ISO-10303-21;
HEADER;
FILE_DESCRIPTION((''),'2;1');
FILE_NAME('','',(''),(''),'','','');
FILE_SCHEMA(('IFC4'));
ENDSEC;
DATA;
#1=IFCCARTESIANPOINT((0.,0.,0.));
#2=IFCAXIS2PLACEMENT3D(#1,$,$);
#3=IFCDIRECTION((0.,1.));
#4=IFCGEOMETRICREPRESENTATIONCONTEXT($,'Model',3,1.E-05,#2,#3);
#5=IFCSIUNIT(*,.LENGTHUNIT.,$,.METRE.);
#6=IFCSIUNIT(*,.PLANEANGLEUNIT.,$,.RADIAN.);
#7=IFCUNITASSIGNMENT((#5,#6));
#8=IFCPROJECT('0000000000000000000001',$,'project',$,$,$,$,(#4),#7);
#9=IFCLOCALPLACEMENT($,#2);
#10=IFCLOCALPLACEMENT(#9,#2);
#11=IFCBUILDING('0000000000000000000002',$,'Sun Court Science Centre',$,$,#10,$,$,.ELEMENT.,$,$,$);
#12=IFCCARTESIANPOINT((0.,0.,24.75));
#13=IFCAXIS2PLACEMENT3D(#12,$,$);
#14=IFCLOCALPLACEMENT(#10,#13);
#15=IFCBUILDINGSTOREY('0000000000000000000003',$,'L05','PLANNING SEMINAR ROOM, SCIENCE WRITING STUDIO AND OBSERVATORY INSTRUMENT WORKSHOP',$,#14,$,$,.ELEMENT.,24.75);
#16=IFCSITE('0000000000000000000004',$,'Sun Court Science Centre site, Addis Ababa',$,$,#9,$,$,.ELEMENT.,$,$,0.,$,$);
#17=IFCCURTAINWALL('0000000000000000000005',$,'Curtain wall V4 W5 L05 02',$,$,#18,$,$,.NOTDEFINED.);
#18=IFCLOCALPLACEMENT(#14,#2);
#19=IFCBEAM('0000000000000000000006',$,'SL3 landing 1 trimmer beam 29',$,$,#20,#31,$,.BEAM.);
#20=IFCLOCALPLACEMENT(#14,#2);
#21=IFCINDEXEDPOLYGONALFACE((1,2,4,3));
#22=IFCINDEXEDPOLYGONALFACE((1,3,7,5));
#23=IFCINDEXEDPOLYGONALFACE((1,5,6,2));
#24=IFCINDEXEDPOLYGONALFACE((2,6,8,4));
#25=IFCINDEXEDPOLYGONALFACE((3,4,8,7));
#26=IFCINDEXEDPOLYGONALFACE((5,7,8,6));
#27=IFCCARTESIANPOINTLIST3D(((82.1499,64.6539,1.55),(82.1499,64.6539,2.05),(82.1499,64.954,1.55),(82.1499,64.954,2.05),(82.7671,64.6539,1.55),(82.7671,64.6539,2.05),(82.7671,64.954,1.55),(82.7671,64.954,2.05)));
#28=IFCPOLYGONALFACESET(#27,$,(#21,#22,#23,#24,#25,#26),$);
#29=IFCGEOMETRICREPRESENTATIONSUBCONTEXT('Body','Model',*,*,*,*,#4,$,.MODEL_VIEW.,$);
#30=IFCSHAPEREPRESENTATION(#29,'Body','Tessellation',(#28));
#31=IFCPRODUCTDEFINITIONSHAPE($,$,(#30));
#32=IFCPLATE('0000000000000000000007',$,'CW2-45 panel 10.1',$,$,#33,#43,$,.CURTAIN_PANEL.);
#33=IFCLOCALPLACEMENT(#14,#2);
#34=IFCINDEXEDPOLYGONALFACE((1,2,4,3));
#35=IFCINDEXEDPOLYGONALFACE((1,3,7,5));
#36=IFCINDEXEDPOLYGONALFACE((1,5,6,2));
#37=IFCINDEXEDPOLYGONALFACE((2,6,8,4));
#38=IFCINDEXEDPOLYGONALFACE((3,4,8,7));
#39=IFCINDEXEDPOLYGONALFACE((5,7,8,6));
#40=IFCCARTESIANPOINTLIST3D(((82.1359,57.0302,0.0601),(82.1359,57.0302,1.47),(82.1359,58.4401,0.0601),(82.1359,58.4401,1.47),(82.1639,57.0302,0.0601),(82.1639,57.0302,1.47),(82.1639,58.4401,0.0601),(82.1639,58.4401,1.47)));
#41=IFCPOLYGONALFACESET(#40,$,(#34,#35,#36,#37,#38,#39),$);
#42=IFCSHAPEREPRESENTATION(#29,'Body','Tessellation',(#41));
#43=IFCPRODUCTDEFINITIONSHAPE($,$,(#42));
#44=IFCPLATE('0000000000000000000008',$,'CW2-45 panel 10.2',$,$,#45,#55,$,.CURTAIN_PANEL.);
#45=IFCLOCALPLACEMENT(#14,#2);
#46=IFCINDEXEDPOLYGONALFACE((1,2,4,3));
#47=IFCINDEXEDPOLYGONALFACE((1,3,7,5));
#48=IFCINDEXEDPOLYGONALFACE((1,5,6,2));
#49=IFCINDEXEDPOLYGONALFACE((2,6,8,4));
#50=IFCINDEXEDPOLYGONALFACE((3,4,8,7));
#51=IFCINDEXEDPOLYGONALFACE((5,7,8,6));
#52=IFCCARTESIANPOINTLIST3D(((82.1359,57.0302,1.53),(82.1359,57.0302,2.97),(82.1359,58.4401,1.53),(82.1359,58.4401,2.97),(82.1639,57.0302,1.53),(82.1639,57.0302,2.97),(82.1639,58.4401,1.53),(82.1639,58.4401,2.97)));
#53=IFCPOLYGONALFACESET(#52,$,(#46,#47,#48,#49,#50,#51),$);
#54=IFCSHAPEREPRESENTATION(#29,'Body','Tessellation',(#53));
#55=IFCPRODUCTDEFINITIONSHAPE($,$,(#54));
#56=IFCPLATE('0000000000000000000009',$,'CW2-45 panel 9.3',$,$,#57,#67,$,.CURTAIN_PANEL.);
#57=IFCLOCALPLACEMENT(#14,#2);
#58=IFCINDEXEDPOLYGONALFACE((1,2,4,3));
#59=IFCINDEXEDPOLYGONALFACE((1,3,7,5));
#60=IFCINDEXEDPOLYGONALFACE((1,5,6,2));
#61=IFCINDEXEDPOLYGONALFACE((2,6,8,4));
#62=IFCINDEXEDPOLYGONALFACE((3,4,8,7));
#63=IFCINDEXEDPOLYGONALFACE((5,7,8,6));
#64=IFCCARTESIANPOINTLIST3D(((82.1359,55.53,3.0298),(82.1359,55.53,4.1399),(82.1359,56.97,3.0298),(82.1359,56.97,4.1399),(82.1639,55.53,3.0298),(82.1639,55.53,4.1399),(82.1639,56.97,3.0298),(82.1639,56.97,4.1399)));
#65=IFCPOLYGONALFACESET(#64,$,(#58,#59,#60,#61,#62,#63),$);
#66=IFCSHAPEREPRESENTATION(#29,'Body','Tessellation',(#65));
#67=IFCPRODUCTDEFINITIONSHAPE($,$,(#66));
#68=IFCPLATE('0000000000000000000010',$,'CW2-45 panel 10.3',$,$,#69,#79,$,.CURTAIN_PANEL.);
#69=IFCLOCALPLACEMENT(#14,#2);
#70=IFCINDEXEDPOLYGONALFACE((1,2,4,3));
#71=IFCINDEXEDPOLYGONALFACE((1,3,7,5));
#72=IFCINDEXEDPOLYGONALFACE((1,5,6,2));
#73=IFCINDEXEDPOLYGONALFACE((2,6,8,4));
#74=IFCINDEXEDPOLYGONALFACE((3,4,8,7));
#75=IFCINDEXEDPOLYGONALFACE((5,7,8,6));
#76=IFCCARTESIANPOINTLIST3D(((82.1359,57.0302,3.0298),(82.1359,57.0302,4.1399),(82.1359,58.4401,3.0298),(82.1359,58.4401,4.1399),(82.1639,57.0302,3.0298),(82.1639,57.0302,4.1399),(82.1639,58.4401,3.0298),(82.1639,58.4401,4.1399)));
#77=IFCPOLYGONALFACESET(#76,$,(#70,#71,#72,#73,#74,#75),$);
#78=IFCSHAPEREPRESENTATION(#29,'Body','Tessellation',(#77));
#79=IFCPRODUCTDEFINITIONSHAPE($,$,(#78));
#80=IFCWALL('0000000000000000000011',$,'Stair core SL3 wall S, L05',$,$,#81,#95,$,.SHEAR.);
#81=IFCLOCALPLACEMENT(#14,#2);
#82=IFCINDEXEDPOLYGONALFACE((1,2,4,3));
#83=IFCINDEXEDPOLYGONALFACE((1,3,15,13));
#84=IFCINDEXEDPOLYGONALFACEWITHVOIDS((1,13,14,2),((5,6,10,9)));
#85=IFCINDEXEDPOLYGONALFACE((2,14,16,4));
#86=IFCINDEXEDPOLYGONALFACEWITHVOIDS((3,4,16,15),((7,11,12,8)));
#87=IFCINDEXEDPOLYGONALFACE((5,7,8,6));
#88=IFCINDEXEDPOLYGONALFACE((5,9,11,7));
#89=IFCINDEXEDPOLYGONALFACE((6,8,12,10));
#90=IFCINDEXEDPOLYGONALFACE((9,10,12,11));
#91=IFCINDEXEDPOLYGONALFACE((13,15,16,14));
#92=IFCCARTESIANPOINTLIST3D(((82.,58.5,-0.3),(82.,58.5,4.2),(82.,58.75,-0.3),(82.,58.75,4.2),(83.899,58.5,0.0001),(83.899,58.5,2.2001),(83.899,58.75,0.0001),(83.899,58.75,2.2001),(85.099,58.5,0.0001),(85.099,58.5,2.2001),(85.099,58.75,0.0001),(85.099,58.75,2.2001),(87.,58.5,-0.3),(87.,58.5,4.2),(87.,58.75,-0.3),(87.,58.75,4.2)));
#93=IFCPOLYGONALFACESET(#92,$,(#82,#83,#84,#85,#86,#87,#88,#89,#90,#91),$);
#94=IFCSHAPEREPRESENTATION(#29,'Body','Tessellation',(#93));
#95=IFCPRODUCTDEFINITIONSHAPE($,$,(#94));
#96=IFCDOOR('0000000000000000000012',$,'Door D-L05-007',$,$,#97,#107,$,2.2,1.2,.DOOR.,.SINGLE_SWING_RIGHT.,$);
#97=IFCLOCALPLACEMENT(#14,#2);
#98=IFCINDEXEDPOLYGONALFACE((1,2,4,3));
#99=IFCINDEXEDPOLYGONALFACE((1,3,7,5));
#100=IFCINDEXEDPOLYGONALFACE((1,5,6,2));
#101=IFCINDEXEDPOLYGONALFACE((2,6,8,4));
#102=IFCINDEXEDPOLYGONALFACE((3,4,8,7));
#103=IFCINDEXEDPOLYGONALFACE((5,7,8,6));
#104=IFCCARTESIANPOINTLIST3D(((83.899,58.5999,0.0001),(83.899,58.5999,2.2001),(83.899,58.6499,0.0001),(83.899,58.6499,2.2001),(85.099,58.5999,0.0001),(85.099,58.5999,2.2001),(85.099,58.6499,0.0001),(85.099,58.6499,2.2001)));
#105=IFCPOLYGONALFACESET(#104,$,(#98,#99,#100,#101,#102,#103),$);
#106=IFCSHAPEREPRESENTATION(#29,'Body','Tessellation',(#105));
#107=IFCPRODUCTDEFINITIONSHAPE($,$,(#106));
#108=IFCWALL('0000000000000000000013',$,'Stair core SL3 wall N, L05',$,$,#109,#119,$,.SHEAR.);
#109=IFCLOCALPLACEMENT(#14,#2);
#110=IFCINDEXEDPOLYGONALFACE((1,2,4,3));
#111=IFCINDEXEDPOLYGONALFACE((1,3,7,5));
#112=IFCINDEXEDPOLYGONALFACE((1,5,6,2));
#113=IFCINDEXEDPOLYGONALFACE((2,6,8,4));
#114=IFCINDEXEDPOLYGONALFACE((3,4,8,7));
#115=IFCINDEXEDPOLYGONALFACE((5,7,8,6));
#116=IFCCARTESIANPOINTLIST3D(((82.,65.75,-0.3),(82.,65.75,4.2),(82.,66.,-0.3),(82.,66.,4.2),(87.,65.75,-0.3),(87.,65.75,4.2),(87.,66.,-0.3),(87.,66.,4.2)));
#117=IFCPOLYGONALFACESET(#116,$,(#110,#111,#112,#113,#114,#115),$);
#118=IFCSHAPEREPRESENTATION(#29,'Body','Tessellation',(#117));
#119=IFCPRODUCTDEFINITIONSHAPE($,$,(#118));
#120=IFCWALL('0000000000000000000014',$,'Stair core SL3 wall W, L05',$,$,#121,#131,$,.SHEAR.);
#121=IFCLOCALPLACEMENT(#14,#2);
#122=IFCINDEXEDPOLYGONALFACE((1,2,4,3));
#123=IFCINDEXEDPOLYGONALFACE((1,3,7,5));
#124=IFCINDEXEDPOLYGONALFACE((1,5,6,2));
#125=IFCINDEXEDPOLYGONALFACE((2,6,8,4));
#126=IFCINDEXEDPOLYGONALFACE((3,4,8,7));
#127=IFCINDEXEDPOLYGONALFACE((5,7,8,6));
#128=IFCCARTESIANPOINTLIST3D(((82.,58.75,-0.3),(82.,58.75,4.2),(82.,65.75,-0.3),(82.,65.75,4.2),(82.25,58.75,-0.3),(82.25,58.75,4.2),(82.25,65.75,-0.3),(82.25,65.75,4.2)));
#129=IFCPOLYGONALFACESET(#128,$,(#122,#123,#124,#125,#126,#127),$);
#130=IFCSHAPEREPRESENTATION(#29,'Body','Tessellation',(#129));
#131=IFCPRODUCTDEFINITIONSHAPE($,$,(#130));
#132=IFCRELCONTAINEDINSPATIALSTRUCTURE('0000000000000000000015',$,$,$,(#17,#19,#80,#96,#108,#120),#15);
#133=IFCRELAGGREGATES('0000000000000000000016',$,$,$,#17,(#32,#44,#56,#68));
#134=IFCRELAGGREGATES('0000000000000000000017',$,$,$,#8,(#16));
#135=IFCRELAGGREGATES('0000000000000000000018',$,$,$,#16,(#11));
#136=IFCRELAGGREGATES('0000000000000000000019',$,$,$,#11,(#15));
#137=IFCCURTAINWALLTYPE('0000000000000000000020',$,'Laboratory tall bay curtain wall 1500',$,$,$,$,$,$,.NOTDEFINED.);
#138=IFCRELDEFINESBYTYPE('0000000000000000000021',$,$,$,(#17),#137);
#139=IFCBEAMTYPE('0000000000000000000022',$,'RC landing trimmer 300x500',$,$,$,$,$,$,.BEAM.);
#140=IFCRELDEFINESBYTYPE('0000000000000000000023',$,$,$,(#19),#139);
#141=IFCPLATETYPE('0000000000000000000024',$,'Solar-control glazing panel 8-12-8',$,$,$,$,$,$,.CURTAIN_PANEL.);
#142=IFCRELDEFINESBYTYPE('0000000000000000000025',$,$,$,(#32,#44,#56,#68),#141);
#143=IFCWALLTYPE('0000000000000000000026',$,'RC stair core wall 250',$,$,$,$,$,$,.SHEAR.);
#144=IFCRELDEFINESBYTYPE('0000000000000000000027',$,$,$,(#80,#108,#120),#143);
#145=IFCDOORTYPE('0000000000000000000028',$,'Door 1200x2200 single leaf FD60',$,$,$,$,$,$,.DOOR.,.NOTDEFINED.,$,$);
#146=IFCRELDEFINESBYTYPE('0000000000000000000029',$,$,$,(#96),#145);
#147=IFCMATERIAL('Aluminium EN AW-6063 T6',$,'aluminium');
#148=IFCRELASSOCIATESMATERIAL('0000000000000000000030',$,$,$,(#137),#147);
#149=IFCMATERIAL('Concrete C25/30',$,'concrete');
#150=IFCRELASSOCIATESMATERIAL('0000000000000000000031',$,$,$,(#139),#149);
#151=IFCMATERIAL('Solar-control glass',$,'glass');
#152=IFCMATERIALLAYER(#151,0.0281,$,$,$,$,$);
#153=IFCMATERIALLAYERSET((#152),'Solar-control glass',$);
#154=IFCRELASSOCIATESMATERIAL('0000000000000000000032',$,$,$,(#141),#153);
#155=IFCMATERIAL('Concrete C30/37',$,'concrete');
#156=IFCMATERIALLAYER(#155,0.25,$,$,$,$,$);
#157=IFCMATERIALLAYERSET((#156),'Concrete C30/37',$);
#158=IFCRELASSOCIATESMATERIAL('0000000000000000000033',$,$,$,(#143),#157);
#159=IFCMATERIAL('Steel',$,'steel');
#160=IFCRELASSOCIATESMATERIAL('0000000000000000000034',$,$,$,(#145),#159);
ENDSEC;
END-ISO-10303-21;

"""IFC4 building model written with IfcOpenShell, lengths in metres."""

from ifc_helpers import new_model, si_unit, direction, frame, frame_2d, origin, origin_2d, place, context, subcontext, project, spatial, rectangle, extrude, material, layer, layer_set, material_profile, profile_set, type_object, element, fill, aggregate, save


model = new_model("IFC4")

# Units and contexts
model_context = context("Model", 3, precision=1e-05, world=origin(), true_north=direction((0.0, 1.0)))
body_context = subcontext(model_context, "Body", "Model", "MODEL_VIEW")
ifc_project = project(units=[si_unit("LENGTHUNIT", "METRE"), si_unit("PLANEANGLEUNIT", "RADIAN")], contexts=[model_context])

# Site, building, storey
site_placement = place(None, origin())
site = spatial("IfcSite", under=ifc_project, at=site_placement, Name="Sun Court Science Centre site, Addis Ababa", CompositionType="ELEMENT", RefElevation=0.0)
building_placement = place(site_placement, origin())
building = spatial("IfcBuilding", under=site, at=building_placement, Name="Sun Court Science Centre", CompositionType="ELEMENT")
storey_placement = place(building_placement, frame((0.0, 0.0, 24.75)))
storey = spatial("IfcBuildingStorey", under=building, at=storey_placement, Name="L05", Description="PLANNING SEMINAR ROOM, SCIENCE WRITING STUDIO AND OBSERVATORY INSTRUMENT WORKSHOP", CompositionType="ELEMENT", Elevation=24.75)

# Curtain wall
ifc_material_1 = material(Name="Aluminium EN AW-6063 T6", Category="aluminium")
curtain_wall_type = type_object("IfcCurtainWallType", Name="Laboratory tall bay curtain wall 1500", PredefinedType="NOTDEFINED", material=ifc_material_1)
curtain_wall_placement = place(storey_placement, origin())
curtain_wall = element("IfcCurtainWall", 1, at=curtain_wall_placement, inside=storey, type_object=curtain_wall_type, Name="Curtain wall V4 W5 L05 02", PredefinedType="NOTDEFINED")

# Beam
ifc_material_2 = material(Name="Concrete C25/30", Category="concrete")
ifc_material_profile_1 = material_profile(ifc_material_2, rectangle(XDim=0.3, YDim=0.5, at=origin_2d()), Name="RC 300x500")
ifc_profile_set_1 = profile_set([ifc_material_profile_1], Name="Concrete C25/30")
beam_type_1 = type_object("IfcBeamType", Name="RC landing trimmer 300x500", PredefinedType="BEAM", material=ifc_profile_set_1)
beam_1_placement = place(storey_placement, frame((82.1499, 64.804, 1.8), z_axis=(1.0, 0.0, 0.0), x_axis=(0.0, 1.0, 0.0)))
element("IfcBeam", 2, at=beam_1_placement, inside=storey, type_object=beam_type_1, Name="SL3 landing 1 trimmer beam 29", PredefinedType="BEAM", context=body_context, shape_type="SweptSolid", body=[
    extrude(rectangle(XDim=0.3, YDim=0.5, at=origin_2d()), origin(), (0.0, 0.0, 1.0), 0.6172),
])

# Plates
ifc_material_3 = material(Name="Solar-control glass", Category="glass")
ifc_layer_1 = layer(ifc_material_3, 0.0281)
ifc_layer_set_1 = layer_set([ifc_layer_1], Name="Solar-control glass")
plate_type = type_object("IfcPlateType", Name="Solar-control glazing panel 8-12-8", PredefinedType="CURTAIN_PANEL", material=ifc_layer_set_1)
plate_1_placement = place(storey_placement, frame((82.1499, 57.7351, 0.0601), z_axis=(0.0, 0.0, 1.0), x_axis=(0.0, 1.0, 0.0)))
plate_1 = element("IfcPlate", 3, at=plate_1_placement, type_object=plate_type, Name="CW2-45 panel 10.1", PredefinedType="CURTAIN_PANEL", context=body_context, shape_type="SweptSolid", body=[
    extrude(rectangle(XDim=1.4099, YDim=0.0281, at=origin_2d()), origin(), (0.0, 0.0, 1.0), 1.4099),
])
plate_2_placement = place(storey_placement, frame((82.1499, 57.7351, 1.53), z_axis=(0.0, 0.0, 1.0), x_axis=(0.0, 1.0, 0.0)))
plate_2 = element("IfcPlate", 4, at=plate_2_placement, type_object=plate_type, Name="CW2-45 panel 10.2", PredefinedType="CURTAIN_PANEL", context=body_context, shape_type="SweptSolid", body=[
    extrude(rectangle(XDim=1.4099, YDim=0.0281, at=origin_2d()), origin(), (0.0, 0.0, 1.0), 1.4399),
])
plate_3_placement = place(storey_placement, frame((82.1499, 56.25, 3.0298), z_axis=(0.0, 0.0, 1.0), x_axis=(0.0, 1.0, 0.0)))
plate_3 = element("IfcPlate", 5, at=plate_3_placement, type_object=plate_type, Name="CW2-45 panel 9.3", PredefinedType="CURTAIN_PANEL", context=body_context, shape_type="SweptSolid", body=[
    extrude(rectangle(XDim=1.4399, YDim=0.0281, at=origin_2d()), origin(), (0.0, 0.0, 1.0), 1.1101),
])
plate_4_placement = place(storey_placement, frame((82.1499, 57.7351, 3.0298), z_axis=(0.0, 0.0, 1.0), x_axis=(0.0, 1.0, 0.0)))
plate_4 = element("IfcPlate", 6, at=plate_4_placement, type_object=plate_type, Name="CW2-45 panel 10.3", PredefinedType="CURTAIN_PANEL", context=body_context, shape_type="SweptSolid", body=[
    extrude(rectangle(XDim=1.4099, YDim=0.0281, at=origin_2d()), origin(), (0.0, 0.0, 1.0), 1.1101),
])
aggregate(curtain_wall, [plate_1, plate_2, plate_3, plate_4])

# Wall, opening, door
ifc_material_4 = material(Name="Concrete C30/37", Category="concrete")
ifc_layer_2 = layer(ifc_material_4, 0.25)
ifc_layer_set_2 = layer_set([ifc_layer_2], Name="Concrete C30/37")
wall_type = type_object("IfcWallType", Name="RC stair core wall 250", PredefinedType="SHEAR", material=ifc_layer_set_2)
wall_1_placement = place(storey_placement, frame((82.0, 58.625, -0.3), z_axis=(0.0, 0.0, 1.0), x_axis=(1.0, 0.0, 0.0)))
wall_1 = element("IfcWall", 7, at=wall_1_placement, inside=storey, type_object=wall_type, Name="Stair core SL3 wall S, L05", PredefinedType="SHEAR", context=body_context, shape_type="SweptSolid", body=[
    extrude(rectangle(XDim=5.0, YDim=0.25, at=frame_2d((2.5, 0.0))), origin(), (0.0, 0.0, 1.0), 4.5),
])
opening_placement = place(wall_1_placement, frame((1.8989, 0.0, 0.3)))
opening = element("IfcOpeningElement", 8, at=opening_placement, cuts=wall_1, PredefinedType="OPENING", context=body_context, shape_type="SweptSolid", body=[
    extrude(rectangle(XDim=1.2, YDim=2.2, at=frame_2d((0.6001, 1.1001))), frame((0.0, 0.135, 0.0), z_axis=(0.0, -1.0, 0.0), x_axis=(1.0, 0.0, 0.0)), (0.0, 0.0, 1.0), 0.27),
])
ifc_material_5 = material(Name="Steel", Category="steel")
door_type = type_object("IfcDoorType", Name="Door 1200x2200 single leaf FD60", OperationType="NOTDEFINED", PredefinedType="DOOR", material=ifc_material_5)
door_placement = place(opening_placement, origin())
door = element("IfcDoor", 9, at=door_placement, inside=storey, type_object=door_type, Name="Door D-L05-007", OperationType="SINGLE_SWING_RIGHT", OverallHeight=2.2, OverallWidth=1.2, PredefinedType="DOOR", context=body_context, shape_type="SweptSolid", body=[
    extrude(rectangle(XDim=1.2, YDim=2.2, at=frame_2d((0.6001, 1.1001))), frame((0.0, 0.0249, 0.0), z_axis=(0.0, -1.0, 0.0), x_axis=(1.0, 0.0, 0.0)), (0.0, 0.0, 1.0), 0.05),
])
fill(opening, door)

# Walls
wall_2_placement = place(storey_placement, frame((82.0, 65.875, -0.3), z_axis=(0.0, 0.0, 1.0), x_axis=(1.0, 0.0, 0.0)))
element("IfcWall", 10, at=wall_2_placement, inside=storey, type_object=wall_type, Name="Stair core SL3 wall N, L05", PredefinedType="SHEAR", context=body_context, shape_type="SweptSolid", body=[
    extrude(rectangle(XDim=5.0, YDim=0.25, at=frame_2d((2.5, 0.0))), origin(), (0.0, 0.0, 1.0), 4.5),
])
wall_3_placement = place(storey_placement, frame((82.125, 58.75, -0.3), z_axis=(0.0, 0.0, 1.0), x_axis=(0.0, 1.0, 0.0)))
element("IfcWall", 11, at=wall_3_placement, inside=storey, type_object=wall_type, Name="Stair core SL3 wall W, L05", PredefinedType="SHEAR", context=body_context, shape_type="SweptSolid", body=[
    extrude(rectangle(XDim=7.0, YDim=0.25, at=frame_2d((3.5, 0.0))), origin(), (0.0, 0.0, 1.0), 4.5),
])

save(model, "model.ifc")
